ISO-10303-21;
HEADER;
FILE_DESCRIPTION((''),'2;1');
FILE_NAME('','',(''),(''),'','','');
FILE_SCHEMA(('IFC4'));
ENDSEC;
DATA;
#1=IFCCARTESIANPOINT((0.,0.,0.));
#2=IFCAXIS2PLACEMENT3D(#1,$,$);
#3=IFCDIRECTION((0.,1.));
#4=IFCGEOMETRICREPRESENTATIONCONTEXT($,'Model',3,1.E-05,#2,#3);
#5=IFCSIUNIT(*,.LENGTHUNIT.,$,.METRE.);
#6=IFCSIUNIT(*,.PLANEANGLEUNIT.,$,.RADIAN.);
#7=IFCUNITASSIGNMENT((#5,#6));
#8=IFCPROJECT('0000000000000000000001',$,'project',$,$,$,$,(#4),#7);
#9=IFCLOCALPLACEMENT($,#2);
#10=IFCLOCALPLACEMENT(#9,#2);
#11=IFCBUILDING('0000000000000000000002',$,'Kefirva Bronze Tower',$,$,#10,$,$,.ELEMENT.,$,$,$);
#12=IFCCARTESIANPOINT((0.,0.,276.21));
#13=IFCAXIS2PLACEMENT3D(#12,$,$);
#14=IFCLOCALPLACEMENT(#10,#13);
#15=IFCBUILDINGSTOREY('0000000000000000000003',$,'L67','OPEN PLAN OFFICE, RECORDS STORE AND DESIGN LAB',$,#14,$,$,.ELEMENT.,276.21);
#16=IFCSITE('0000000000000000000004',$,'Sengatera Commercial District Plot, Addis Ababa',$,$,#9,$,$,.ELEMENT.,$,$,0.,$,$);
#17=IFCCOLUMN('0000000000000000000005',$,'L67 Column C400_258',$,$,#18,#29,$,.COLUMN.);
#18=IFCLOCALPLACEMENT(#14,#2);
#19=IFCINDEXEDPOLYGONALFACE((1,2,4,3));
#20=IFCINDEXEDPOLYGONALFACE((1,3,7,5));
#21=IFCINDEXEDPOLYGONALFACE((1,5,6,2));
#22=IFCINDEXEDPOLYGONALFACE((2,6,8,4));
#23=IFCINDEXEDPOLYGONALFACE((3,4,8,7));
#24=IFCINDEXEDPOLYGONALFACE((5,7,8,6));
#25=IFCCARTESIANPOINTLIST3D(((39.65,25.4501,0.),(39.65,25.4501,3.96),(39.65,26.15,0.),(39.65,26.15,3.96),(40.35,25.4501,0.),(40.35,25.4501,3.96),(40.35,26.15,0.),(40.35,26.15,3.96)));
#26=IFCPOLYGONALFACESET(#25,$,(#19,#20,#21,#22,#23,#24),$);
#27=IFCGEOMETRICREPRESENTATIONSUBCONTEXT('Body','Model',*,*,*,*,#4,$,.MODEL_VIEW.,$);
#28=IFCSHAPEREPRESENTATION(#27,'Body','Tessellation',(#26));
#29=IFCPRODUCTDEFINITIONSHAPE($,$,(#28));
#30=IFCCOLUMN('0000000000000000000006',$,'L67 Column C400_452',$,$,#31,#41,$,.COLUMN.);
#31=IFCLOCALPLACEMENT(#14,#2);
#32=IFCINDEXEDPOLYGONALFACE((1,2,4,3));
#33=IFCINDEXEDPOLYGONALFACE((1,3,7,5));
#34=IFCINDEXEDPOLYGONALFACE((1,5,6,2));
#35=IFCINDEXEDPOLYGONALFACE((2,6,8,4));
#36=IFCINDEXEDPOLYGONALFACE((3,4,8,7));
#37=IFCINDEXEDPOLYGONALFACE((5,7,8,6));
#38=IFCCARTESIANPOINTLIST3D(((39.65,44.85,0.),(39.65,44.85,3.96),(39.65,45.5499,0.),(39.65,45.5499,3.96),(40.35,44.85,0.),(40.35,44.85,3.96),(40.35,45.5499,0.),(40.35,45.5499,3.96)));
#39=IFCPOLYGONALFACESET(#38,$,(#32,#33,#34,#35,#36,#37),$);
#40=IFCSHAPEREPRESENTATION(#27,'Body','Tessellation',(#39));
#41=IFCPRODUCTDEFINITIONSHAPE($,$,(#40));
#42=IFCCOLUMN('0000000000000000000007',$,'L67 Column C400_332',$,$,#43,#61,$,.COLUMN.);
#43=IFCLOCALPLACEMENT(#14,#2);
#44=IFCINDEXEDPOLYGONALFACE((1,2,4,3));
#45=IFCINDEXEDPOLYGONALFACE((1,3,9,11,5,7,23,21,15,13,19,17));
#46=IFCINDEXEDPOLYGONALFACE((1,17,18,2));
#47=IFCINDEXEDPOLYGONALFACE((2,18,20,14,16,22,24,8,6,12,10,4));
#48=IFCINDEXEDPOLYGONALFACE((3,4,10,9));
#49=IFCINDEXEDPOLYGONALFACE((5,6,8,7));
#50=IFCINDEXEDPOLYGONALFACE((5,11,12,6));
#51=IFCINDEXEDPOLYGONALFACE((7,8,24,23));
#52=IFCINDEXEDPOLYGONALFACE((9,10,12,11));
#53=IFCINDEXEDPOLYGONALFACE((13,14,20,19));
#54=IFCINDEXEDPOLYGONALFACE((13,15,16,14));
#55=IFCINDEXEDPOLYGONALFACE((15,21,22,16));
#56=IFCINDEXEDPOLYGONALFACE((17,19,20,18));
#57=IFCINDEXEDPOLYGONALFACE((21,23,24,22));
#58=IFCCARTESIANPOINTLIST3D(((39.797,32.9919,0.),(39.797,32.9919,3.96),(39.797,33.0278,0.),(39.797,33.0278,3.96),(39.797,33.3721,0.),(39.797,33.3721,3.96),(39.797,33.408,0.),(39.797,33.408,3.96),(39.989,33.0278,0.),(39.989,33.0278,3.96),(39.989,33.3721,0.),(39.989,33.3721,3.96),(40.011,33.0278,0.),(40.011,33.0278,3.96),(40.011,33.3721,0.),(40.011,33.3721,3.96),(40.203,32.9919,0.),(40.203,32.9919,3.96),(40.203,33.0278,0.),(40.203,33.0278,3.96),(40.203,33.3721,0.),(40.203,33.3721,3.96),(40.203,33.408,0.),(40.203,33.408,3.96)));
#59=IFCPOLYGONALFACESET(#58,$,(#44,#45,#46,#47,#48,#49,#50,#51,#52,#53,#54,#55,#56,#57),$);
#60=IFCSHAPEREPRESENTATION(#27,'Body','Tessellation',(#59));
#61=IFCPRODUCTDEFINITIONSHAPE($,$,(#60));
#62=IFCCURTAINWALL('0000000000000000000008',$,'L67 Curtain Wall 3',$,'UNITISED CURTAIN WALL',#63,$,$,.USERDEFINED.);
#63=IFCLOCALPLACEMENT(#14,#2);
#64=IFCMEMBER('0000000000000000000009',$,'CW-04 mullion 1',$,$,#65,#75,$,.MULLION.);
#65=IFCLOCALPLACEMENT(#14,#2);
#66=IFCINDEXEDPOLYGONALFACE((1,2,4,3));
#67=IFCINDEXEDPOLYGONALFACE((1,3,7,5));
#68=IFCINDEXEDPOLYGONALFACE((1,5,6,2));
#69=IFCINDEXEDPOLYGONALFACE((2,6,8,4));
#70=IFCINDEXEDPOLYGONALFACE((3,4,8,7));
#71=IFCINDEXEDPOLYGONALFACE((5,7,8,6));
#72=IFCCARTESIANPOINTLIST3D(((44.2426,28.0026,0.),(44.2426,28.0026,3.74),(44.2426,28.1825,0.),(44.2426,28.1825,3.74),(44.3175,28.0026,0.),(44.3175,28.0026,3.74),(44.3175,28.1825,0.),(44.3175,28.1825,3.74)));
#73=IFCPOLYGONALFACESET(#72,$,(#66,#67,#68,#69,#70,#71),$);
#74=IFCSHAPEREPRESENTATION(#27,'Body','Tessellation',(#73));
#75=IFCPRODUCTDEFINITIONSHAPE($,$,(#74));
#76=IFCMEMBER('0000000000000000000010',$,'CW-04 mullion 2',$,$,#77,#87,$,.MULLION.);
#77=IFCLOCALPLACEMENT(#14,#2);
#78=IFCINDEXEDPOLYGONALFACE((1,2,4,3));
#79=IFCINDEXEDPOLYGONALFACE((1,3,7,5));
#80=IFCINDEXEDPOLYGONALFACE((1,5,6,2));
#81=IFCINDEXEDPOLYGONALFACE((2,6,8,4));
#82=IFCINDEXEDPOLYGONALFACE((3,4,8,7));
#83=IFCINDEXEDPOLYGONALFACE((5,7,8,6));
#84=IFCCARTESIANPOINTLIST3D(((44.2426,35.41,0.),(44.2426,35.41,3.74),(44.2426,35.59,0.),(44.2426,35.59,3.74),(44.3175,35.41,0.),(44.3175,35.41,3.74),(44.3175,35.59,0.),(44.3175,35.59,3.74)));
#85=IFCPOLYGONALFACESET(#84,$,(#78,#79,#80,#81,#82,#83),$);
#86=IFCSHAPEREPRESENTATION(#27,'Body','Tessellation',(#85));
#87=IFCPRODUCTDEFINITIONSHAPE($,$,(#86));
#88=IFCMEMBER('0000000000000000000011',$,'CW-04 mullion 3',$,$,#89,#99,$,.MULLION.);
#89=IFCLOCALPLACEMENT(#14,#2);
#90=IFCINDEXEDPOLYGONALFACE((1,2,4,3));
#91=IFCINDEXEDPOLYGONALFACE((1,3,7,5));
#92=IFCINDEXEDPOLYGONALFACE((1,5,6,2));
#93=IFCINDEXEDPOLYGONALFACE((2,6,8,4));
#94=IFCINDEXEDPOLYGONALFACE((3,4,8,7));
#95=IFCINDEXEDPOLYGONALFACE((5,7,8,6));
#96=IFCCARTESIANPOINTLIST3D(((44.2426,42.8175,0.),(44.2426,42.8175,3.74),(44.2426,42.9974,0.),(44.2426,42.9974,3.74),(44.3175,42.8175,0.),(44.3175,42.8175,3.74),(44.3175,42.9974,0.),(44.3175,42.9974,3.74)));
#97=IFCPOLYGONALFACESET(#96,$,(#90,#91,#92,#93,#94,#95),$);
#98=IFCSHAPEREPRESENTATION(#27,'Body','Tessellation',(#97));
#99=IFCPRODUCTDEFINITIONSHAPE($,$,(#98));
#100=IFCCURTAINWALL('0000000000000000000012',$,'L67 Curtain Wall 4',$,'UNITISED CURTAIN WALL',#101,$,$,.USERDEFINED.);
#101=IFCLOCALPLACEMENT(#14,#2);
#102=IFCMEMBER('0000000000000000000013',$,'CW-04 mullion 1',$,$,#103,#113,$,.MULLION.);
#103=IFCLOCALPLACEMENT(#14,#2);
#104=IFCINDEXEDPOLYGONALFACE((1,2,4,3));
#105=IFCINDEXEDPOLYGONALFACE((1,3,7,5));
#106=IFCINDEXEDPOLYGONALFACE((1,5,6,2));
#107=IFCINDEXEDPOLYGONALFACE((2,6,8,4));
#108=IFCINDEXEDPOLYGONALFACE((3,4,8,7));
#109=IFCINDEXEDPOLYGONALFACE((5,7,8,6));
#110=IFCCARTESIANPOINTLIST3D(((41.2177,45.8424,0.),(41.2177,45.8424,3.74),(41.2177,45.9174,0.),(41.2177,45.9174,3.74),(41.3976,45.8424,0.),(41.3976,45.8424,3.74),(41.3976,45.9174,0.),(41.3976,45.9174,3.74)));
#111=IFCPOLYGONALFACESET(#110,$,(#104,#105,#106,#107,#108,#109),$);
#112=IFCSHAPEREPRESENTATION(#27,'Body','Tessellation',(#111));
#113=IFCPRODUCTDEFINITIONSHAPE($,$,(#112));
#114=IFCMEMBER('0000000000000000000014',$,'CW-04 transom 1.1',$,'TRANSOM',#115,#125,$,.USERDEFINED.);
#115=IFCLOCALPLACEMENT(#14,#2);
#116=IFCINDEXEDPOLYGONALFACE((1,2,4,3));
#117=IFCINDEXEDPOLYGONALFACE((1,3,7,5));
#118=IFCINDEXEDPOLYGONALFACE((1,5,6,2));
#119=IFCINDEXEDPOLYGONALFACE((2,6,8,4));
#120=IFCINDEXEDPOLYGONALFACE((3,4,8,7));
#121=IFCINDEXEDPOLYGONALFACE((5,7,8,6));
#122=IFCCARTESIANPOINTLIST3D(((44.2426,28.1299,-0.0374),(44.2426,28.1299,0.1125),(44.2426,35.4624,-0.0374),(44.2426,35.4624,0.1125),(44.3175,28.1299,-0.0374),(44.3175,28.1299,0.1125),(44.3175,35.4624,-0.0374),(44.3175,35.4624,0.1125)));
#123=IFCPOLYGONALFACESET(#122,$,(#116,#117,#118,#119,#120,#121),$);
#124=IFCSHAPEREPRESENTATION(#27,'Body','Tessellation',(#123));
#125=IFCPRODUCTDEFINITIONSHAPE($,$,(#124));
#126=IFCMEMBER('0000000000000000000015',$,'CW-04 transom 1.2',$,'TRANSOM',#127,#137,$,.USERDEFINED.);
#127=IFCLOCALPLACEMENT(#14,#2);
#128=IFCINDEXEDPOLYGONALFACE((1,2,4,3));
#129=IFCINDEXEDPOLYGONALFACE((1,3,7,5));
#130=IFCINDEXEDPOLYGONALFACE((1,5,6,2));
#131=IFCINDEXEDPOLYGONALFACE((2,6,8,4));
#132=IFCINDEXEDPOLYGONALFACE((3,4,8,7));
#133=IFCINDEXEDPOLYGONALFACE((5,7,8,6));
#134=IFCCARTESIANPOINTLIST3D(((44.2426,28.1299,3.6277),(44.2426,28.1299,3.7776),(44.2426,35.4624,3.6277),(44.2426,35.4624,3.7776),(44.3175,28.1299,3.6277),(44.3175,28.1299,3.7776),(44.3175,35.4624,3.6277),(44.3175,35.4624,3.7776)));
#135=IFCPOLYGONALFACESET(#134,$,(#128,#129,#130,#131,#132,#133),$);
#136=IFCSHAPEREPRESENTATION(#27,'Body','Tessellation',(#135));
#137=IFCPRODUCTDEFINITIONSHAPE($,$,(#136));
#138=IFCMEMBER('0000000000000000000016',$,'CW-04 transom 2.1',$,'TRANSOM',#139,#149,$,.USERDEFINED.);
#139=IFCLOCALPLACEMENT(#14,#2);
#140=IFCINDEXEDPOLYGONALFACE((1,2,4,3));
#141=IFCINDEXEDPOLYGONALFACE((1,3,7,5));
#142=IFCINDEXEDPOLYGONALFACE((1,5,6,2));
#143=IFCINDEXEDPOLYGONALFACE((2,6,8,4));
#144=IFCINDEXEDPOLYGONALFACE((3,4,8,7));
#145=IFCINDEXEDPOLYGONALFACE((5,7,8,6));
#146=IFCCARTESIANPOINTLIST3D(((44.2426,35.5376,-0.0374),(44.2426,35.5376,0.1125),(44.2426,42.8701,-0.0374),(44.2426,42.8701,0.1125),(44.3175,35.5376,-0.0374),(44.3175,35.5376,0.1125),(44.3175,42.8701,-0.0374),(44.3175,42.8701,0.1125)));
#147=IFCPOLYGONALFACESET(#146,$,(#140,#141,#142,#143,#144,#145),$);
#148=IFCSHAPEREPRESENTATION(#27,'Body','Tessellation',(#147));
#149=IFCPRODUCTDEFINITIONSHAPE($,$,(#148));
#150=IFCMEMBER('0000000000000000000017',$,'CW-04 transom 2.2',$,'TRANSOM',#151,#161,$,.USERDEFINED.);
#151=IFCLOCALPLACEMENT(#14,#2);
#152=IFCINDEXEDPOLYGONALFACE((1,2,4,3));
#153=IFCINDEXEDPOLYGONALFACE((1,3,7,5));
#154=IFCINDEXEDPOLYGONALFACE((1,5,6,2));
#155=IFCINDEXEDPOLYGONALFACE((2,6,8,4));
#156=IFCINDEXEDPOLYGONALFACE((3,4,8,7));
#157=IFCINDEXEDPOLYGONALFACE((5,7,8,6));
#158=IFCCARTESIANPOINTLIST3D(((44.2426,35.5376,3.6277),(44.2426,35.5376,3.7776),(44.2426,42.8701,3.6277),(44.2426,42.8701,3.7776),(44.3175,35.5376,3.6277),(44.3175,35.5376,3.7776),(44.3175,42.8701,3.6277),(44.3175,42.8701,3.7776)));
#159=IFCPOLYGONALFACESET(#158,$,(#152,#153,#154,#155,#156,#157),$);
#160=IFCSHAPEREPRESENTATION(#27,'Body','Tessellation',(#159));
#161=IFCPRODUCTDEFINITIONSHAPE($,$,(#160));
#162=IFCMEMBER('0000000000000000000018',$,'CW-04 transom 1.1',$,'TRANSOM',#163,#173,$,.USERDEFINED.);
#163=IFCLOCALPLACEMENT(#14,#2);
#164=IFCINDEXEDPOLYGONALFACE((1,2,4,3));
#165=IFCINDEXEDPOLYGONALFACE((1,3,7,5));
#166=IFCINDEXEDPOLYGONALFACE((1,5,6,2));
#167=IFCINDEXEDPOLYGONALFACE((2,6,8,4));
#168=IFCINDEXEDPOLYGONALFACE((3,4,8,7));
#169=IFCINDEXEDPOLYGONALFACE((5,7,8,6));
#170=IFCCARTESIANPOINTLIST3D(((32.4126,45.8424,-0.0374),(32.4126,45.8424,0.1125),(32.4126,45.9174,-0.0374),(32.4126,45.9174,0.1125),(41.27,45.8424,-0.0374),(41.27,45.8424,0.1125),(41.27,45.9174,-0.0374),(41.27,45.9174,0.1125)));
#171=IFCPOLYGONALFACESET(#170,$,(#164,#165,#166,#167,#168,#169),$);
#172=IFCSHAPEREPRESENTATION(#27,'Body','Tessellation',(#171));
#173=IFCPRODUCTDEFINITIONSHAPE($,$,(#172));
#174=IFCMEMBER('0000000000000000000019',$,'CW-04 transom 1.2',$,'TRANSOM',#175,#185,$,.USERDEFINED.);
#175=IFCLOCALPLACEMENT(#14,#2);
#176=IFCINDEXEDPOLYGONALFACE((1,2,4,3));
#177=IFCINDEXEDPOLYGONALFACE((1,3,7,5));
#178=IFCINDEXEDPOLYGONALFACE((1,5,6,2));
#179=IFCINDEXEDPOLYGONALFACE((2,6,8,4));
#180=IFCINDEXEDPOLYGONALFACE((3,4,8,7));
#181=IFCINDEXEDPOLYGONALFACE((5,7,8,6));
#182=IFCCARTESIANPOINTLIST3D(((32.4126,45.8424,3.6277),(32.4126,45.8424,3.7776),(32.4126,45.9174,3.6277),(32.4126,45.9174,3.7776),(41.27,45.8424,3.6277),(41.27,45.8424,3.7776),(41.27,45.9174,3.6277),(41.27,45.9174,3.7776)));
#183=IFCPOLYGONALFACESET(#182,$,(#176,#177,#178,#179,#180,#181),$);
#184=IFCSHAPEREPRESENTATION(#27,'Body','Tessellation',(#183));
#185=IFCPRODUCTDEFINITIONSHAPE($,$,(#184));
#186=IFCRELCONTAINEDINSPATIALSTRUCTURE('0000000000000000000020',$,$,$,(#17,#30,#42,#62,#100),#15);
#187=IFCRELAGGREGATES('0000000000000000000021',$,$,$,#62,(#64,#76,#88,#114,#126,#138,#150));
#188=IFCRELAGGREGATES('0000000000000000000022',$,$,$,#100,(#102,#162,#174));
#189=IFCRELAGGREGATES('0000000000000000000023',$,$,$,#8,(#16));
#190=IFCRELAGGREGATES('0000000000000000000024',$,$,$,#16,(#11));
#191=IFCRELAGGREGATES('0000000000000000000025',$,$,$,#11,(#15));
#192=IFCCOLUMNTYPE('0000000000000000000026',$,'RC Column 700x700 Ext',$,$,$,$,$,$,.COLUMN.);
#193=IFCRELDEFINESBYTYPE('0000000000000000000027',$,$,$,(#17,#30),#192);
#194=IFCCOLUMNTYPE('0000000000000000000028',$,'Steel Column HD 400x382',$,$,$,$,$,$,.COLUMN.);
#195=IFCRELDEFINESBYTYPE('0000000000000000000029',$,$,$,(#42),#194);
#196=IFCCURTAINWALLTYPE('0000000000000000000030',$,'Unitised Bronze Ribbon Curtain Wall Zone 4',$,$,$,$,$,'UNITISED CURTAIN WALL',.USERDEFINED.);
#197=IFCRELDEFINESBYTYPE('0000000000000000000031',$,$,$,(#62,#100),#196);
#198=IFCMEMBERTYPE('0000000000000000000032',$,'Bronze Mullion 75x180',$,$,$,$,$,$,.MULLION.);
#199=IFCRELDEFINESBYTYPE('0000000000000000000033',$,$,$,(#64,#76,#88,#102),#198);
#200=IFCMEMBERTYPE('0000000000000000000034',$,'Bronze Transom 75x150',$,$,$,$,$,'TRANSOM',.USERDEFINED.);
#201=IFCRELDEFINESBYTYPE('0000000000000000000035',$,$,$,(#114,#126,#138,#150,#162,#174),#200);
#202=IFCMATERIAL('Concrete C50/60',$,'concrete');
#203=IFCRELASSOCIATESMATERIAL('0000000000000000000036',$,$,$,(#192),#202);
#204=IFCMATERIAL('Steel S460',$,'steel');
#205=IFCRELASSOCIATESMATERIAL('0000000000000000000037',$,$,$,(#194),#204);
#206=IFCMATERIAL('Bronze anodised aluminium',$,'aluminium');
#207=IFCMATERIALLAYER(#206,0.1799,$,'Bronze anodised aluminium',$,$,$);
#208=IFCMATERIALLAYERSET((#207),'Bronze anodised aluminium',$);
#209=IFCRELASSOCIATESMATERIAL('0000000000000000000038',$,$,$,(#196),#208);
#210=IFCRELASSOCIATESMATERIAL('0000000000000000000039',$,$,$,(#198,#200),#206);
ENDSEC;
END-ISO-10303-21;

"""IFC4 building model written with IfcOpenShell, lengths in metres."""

from ifc_helpers import new_model, si_unit, direction, frame, origin, origin_2d, place, context, subcontext, project, spatial, rectangle, i_section, extrude, material, layer, layer_set, material_profile, profile_set, type_object, element, aggregate, save


model = new_model("IFC4")

# Units and contexts
model_context = context("Model", 3, precision=1e-05, world=origin(), true_north=direction((0.0, 1.0)))
body_context = subcontext(model_context, "Body", "Model", "MODEL_VIEW")
ifc_project = project(units=[si_unit("LENGTHUNIT", "METRE"), si_unit("PLANEANGLEUNIT", "RADIAN")], contexts=[model_context])

# Site, building, storey
site_placement = place(None, origin())
site = spatial("IfcSite", under=ifc_project, at=site_placement, Name="Sengatera Commercial District Plot, Addis Ababa", CompositionType="ELEMENT", RefElevation=0.0)
building_placement = place(site_placement, origin())
building = spatial("IfcBuilding", under=site, at=building_placement, Name="Kefirva Bronze Tower", CompositionType="ELEMENT")
storey_placement = place(building_placement, frame((0.0, 0.0, 276.21)))
storey = spatial("IfcBuildingStorey", under=building, at=storey_placement, Name="L67", Description="OPEN PLAN OFFICE, RECORDS STORE AND DESIGN LAB", CompositionType="ELEMENT", Elevation=276.21)

# Columns
ifc_material_1 = material(Name="Concrete C50/60", Category="concrete")
ifc_material_profile_1 = material_profile(ifc_material_1, rectangle(XDim=0.7, YDim=0.7, at=origin_2d()), Name="RC 700x700")
ifc_profile_set_1 = profile_set([ifc_material_profile_1], Name="Concrete C50/60")
column_type_1 = type_object("IfcColumnType", Name="RC Column 700x700 Ext", PredefinedType="COLUMN", material=ifc_profile_set_1)
for number, where, z_axis, x_axis, name in (
    (1, (40.0, 25.8, 0.0), (0.0, 0.0, 1.0), (1.0, 0.0, 0.0), "L67 Column C400_258"),
    (2, (40.0, 45.2, 0.0), (0.0, 0.0, 1.0), (1.0, 0.0, 0.0), "L67 Column C400_452"),
):
    element("IfcColumn", number, at=place(storey_placement, frame(where, z_axis=z_axis, x_axis=x_axis)), inside=storey, type_object=column_type_1, Name=name, PredefinedType="COLUMN", context=body_context, shape_type="SweptSolid", body=[
        extrude(rectangle(XDim=0.7, YDim=0.7, at=origin_2d()), origin(), (0.0, 0.0, 1.0), 3.96),
    ])
ifc_material_2 = material(Name="Steel S460", Category="steel")
ifc_material_profile_2 = material_profile(ifc_material_2, i_section(OverallWidth=0.406, OverallDepth=0.416, WebThickness=0.022, FlangeThickness=0.0359, at=origin_2d()), Name="HD 400x382")
ifc_profile_set_2 = profile_set([ifc_material_profile_2], Name="Steel S460")
column_type_2 = type_object("IfcColumnType", Name="Steel Column HD 400x382", PredefinedType="COLUMN", material=ifc_profile_set_2)
column_placement = place(storey_placement, frame((40.0, 33.2, 0.0), z_axis=(0.0, 0.0, 1.0), x_axis=(1.0, 0.0, 0.0)))
element("IfcColumn", 3, at=column_placement, inside=storey, type_object=column_type_2, Name="L67 Column C400_332", PredefinedType="COLUMN", context=body_context, shape_type="SweptSolid", body=[
    extrude(i_section(OverallWidth=0.406, OverallDepth=0.416, WebThickness=0.022, FlangeThickness=0.0359, at=origin_2d()), origin(), (0.0, 0.0, 1.0), 3.96),
])

# Curtain wall, members
ifc_material_3 = material(Name="Bronze anodised aluminium", Category="aluminium")
ifc_layer_1 = layer(ifc_material_3, 0.1799, Name="Bronze anodised aluminium")
ifc_layer_set_1 = layer_set([ifc_layer_1], Name="Bronze anodised aluminium")
curtain_wall_type = type_object("IfcCurtainWallType", Name="Unitised Bronze Ribbon Curtain Wall Zone 4", ElementType="UNITISED CURTAIN WALL", PredefinedType="USERDEFINED", material=ifc_layer_set_1)
curtain_wall_1_placement = place(storey_placement, origin())
curtain_wall_1 = element("IfcCurtainWall", 4, at=curtain_wall_1_placement, inside=storey, type_object=curtain_wall_type, Name="L67 Curtain Wall 3", ObjectType="UNITISED CURTAIN WALL", PredefinedType="USERDEFINED")
ifc_material_profile_3 = material_profile(ifc_material_3, rectangle(XDim=0.075, YDim=0.1799, at=origin_2d()), Name="ALU 75x180")
ifc_profile_set_3 = profile_set([ifc_material_profile_3], Name="Bronze anodised aluminium")
member_type_1 = type_object("IfcMemberType", Name="Bronze Mullion 75x180", PredefinedType="MULLION", material=ifc_profile_set_3)
member_1_placement = place(storey_placement, frame((44.28, 28.0925, 0.0), z_axis=(0.0, 0.0, 1.0), x_axis=(-1.0, 0.0, 0.0)))
member_1 = element("IfcMember", 5, at=member_1_placement, type_object=member_type_1, Name="CW-04 mullion 1", PredefinedType="MULLION", context=body_context, shape_type="SweptSolid", body=[
    extrude(rectangle(XDim=0.075, YDim=0.1799, at=origin_2d()), origin(), (0.0, 0.0, 1.0), 3.74),
])
member_2_placement = place(storey_placement, frame((44.28, 35.5, 0.0), z_axis=(0.0, 0.0, 1.0), x_axis=(-1.0, 0.0, 0.0)))
member_2 = element("IfcMember", 6, at=member_2_placement, type_object=member_type_1, Name="CW-04 mullion 2", PredefinedType="MULLION", context=body_context, shape_type="SweptSolid", body=[
    extrude(rectangle(XDim=0.075, YDim=0.1799, at=origin_2d()), origin(), (0.0, 0.0, 1.0), 3.74),
])
member_3_placement = place(storey_placement, frame((44.28, 42.9075, 0.0), z_axis=(0.0, 0.0, 1.0), x_axis=(-1.0, 0.0, 0.0)))
member_3 = element("IfcMember", 7, at=member_3_placement, type_object=member_type_1, Name="CW-04 mullion 3", PredefinedType="MULLION", context=body_context, shape_type="SweptSolid", body=[
    extrude(rectangle(XDim=0.075, YDim=0.1799, at=origin_2d()), origin(), (0.0, 0.0, 1.0), 3.74),
])

# Curtain wall, member
curtain_wall_2_placement = place(storey_placement, origin())
curtain_wall_2 = element("IfcCurtainWall", 8, at=curtain_wall_2_placement, inside=storey, type_object=curtain_wall_type, Name="L67 Curtain Wall 4", ObjectType="UNITISED CURTAIN WALL", PredefinedType="USERDEFINED")
member_4_placement = place(storey_placement, frame((41.3076, 45.8799, 0.0), z_axis=(0.0, 0.0, 1.0), x_axis=(0.0, -1.0, 0.0)))
member_4 = element("IfcMember", 9, at=member_4_placement, type_object=member_type_1, Name="CW-04 mullion 1", PredefinedType="MULLION", context=body_context, shape_type="SweptSolid", body=[
    extrude(rectangle(XDim=0.075, YDim=0.1799, at=origin_2d()), origin(), (0.0, 0.0, 1.0), 3.74),
])

# Members
ifc_material_profile_4 = material_profile(ifc_material_3, rectangle(XDim=0.075, YDim=0.1499, at=origin_2d()), Name="ALU 75x150")
ifc_profile_set_4 = profile_set([ifc_material_profile_4], Name="Bronze anodised aluminium")
member_type_2 = type_object("IfcMemberType", Name="Bronze Transom 75x150", ElementType="TRANSOM", PredefinedType="USERDEFINED", material=ifc_profile_set_4)
member_5_placement = place(storey_placement, frame((44.28, 28.1299, 0.0376), z_axis=(0.0, 1.0, 0.0), x_axis=(-1.0, 0.0, 0.0)))
member_5 = element("IfcMember", 10, at=member_5_placement, type_object=member_type_2, Name="CW-04 transom 1.1", ObjectType="TRANSOM", PredefinedType="USERDEFINED", context=body_context, shape_type="SweptSolid", body=[
    extrude(rectangle(XDim=0.075, YDim=0.1499, at=origin_2d()), origin(), (0.0, 0.0, 1.0), 7.3325),
])
member_6_placement = place(storey_placement, frame((44.28, 28.1299, 3.7026), z_axis=(0.0, 1.0, 0.0), x_axis=(-1.0, 0.0, 0.0)))
member_6 = element("IfcMember", 11, at=member_6_placement, type_object=member_type_2, Name="CW-04 transom 1.2", ObjectType="TRANSOM", PredefinedType="USERDEFINED", context=body_context, shape_type="SweptSolid", body=[
    extrude(rectangle(XDim=0.075, YDim=0.1499, at=origin_2d()), origin(), (0.0, 0.0, 1.0), 7.3325),
])
member_7_placement = place(storey_placement, frame((44.28, 35.5376, 0.0376), z_axis=(0.0, 1.0, 0.0), x_axis=(-1.0, 0.0, 0.0)))
member_7 = element("IfcMember", 12, at=member_7_placement, type_object=member_type_2, Name="CW-04 transom 2.1", ObjectType="TRANSOM", PredefinedType="USERDEFINED", context=body_context, shape_type="SweptSolid", body=[
    extrude(rectangle(XDim=0.075, YDim=0.1499, at=origin_2d()), origin(), (0.0, 0.0, 1.0), 7.3325),
])
member_8_placement = place(storey_placement, frame((44.28, 35.5376, 3.7026), z_axis=(0.0, 1.0, 0.0), x_axis=(-1.0, 0.0, 0.0)))
member_8 = element("IfcMember", 13, at=member_8_placement, type_object=member_type_2, Name="CW-04 transom 2.2", ObjectType="TRANSOM", PredefinedType="USERDEFINED", context=body_context, shape_type="SweptSolid", body=[
    extrude(rectangle(XDim=0.075, YDim=0.1499, at=origin_2d()), origin(), (0.0, 0.0, 1.0), 7.3325),
])
member_9_placement = place(storey_placement, frame((41.27, 45.8799, 0.0376), z_axis=(-1.0, 0.0, 0.0), x_axis=(0.0, -1.0, 0.0)))
member_9 = element("IfcMember", 14, at=member_9_placement, type_object=member_type_2, Name="CW-04 transom 1.1", ObjectType="TRANSOM", PredefinedType="USERDEFINED", context=body_context, shape_type="SweptSolid", body=[
    extrude(rectangle(XDim=0.075, YDim=0.1499, at=origin_2d()), origin(), (0.0, 0.0, 1.0), 8.8574),
])
member_10_placement = place(storey_placement, frame((41.27, 45.8799, 3.7026), z_axis=(-1.0, 0.0, 0.0), x_axis=(0.0, -1.0, 0.0)))
member_10 = element("IfcMember", 15, at=member_10_placement, type_object=member_type_2, Name="CW-04 transom 1.2", ObjectType="TRANSOM", PredefinedType="USERDEFINED", context=body_context, shape_type="SweptSolid", body=[
    extrude(rectangle(XDim=0.075, YDim=0.1499, at=origin_2d()), origin(), (0.0, 0.0, 1.0), 8.8574),
])

aggregate(curtain_wall_1, [member_1, member_2, member_3, member_5, member_6, member_7, member_8])
aggregate(curtain_wall_2, [member_4, member_9, member_10])

save(model, "model.ifc")
